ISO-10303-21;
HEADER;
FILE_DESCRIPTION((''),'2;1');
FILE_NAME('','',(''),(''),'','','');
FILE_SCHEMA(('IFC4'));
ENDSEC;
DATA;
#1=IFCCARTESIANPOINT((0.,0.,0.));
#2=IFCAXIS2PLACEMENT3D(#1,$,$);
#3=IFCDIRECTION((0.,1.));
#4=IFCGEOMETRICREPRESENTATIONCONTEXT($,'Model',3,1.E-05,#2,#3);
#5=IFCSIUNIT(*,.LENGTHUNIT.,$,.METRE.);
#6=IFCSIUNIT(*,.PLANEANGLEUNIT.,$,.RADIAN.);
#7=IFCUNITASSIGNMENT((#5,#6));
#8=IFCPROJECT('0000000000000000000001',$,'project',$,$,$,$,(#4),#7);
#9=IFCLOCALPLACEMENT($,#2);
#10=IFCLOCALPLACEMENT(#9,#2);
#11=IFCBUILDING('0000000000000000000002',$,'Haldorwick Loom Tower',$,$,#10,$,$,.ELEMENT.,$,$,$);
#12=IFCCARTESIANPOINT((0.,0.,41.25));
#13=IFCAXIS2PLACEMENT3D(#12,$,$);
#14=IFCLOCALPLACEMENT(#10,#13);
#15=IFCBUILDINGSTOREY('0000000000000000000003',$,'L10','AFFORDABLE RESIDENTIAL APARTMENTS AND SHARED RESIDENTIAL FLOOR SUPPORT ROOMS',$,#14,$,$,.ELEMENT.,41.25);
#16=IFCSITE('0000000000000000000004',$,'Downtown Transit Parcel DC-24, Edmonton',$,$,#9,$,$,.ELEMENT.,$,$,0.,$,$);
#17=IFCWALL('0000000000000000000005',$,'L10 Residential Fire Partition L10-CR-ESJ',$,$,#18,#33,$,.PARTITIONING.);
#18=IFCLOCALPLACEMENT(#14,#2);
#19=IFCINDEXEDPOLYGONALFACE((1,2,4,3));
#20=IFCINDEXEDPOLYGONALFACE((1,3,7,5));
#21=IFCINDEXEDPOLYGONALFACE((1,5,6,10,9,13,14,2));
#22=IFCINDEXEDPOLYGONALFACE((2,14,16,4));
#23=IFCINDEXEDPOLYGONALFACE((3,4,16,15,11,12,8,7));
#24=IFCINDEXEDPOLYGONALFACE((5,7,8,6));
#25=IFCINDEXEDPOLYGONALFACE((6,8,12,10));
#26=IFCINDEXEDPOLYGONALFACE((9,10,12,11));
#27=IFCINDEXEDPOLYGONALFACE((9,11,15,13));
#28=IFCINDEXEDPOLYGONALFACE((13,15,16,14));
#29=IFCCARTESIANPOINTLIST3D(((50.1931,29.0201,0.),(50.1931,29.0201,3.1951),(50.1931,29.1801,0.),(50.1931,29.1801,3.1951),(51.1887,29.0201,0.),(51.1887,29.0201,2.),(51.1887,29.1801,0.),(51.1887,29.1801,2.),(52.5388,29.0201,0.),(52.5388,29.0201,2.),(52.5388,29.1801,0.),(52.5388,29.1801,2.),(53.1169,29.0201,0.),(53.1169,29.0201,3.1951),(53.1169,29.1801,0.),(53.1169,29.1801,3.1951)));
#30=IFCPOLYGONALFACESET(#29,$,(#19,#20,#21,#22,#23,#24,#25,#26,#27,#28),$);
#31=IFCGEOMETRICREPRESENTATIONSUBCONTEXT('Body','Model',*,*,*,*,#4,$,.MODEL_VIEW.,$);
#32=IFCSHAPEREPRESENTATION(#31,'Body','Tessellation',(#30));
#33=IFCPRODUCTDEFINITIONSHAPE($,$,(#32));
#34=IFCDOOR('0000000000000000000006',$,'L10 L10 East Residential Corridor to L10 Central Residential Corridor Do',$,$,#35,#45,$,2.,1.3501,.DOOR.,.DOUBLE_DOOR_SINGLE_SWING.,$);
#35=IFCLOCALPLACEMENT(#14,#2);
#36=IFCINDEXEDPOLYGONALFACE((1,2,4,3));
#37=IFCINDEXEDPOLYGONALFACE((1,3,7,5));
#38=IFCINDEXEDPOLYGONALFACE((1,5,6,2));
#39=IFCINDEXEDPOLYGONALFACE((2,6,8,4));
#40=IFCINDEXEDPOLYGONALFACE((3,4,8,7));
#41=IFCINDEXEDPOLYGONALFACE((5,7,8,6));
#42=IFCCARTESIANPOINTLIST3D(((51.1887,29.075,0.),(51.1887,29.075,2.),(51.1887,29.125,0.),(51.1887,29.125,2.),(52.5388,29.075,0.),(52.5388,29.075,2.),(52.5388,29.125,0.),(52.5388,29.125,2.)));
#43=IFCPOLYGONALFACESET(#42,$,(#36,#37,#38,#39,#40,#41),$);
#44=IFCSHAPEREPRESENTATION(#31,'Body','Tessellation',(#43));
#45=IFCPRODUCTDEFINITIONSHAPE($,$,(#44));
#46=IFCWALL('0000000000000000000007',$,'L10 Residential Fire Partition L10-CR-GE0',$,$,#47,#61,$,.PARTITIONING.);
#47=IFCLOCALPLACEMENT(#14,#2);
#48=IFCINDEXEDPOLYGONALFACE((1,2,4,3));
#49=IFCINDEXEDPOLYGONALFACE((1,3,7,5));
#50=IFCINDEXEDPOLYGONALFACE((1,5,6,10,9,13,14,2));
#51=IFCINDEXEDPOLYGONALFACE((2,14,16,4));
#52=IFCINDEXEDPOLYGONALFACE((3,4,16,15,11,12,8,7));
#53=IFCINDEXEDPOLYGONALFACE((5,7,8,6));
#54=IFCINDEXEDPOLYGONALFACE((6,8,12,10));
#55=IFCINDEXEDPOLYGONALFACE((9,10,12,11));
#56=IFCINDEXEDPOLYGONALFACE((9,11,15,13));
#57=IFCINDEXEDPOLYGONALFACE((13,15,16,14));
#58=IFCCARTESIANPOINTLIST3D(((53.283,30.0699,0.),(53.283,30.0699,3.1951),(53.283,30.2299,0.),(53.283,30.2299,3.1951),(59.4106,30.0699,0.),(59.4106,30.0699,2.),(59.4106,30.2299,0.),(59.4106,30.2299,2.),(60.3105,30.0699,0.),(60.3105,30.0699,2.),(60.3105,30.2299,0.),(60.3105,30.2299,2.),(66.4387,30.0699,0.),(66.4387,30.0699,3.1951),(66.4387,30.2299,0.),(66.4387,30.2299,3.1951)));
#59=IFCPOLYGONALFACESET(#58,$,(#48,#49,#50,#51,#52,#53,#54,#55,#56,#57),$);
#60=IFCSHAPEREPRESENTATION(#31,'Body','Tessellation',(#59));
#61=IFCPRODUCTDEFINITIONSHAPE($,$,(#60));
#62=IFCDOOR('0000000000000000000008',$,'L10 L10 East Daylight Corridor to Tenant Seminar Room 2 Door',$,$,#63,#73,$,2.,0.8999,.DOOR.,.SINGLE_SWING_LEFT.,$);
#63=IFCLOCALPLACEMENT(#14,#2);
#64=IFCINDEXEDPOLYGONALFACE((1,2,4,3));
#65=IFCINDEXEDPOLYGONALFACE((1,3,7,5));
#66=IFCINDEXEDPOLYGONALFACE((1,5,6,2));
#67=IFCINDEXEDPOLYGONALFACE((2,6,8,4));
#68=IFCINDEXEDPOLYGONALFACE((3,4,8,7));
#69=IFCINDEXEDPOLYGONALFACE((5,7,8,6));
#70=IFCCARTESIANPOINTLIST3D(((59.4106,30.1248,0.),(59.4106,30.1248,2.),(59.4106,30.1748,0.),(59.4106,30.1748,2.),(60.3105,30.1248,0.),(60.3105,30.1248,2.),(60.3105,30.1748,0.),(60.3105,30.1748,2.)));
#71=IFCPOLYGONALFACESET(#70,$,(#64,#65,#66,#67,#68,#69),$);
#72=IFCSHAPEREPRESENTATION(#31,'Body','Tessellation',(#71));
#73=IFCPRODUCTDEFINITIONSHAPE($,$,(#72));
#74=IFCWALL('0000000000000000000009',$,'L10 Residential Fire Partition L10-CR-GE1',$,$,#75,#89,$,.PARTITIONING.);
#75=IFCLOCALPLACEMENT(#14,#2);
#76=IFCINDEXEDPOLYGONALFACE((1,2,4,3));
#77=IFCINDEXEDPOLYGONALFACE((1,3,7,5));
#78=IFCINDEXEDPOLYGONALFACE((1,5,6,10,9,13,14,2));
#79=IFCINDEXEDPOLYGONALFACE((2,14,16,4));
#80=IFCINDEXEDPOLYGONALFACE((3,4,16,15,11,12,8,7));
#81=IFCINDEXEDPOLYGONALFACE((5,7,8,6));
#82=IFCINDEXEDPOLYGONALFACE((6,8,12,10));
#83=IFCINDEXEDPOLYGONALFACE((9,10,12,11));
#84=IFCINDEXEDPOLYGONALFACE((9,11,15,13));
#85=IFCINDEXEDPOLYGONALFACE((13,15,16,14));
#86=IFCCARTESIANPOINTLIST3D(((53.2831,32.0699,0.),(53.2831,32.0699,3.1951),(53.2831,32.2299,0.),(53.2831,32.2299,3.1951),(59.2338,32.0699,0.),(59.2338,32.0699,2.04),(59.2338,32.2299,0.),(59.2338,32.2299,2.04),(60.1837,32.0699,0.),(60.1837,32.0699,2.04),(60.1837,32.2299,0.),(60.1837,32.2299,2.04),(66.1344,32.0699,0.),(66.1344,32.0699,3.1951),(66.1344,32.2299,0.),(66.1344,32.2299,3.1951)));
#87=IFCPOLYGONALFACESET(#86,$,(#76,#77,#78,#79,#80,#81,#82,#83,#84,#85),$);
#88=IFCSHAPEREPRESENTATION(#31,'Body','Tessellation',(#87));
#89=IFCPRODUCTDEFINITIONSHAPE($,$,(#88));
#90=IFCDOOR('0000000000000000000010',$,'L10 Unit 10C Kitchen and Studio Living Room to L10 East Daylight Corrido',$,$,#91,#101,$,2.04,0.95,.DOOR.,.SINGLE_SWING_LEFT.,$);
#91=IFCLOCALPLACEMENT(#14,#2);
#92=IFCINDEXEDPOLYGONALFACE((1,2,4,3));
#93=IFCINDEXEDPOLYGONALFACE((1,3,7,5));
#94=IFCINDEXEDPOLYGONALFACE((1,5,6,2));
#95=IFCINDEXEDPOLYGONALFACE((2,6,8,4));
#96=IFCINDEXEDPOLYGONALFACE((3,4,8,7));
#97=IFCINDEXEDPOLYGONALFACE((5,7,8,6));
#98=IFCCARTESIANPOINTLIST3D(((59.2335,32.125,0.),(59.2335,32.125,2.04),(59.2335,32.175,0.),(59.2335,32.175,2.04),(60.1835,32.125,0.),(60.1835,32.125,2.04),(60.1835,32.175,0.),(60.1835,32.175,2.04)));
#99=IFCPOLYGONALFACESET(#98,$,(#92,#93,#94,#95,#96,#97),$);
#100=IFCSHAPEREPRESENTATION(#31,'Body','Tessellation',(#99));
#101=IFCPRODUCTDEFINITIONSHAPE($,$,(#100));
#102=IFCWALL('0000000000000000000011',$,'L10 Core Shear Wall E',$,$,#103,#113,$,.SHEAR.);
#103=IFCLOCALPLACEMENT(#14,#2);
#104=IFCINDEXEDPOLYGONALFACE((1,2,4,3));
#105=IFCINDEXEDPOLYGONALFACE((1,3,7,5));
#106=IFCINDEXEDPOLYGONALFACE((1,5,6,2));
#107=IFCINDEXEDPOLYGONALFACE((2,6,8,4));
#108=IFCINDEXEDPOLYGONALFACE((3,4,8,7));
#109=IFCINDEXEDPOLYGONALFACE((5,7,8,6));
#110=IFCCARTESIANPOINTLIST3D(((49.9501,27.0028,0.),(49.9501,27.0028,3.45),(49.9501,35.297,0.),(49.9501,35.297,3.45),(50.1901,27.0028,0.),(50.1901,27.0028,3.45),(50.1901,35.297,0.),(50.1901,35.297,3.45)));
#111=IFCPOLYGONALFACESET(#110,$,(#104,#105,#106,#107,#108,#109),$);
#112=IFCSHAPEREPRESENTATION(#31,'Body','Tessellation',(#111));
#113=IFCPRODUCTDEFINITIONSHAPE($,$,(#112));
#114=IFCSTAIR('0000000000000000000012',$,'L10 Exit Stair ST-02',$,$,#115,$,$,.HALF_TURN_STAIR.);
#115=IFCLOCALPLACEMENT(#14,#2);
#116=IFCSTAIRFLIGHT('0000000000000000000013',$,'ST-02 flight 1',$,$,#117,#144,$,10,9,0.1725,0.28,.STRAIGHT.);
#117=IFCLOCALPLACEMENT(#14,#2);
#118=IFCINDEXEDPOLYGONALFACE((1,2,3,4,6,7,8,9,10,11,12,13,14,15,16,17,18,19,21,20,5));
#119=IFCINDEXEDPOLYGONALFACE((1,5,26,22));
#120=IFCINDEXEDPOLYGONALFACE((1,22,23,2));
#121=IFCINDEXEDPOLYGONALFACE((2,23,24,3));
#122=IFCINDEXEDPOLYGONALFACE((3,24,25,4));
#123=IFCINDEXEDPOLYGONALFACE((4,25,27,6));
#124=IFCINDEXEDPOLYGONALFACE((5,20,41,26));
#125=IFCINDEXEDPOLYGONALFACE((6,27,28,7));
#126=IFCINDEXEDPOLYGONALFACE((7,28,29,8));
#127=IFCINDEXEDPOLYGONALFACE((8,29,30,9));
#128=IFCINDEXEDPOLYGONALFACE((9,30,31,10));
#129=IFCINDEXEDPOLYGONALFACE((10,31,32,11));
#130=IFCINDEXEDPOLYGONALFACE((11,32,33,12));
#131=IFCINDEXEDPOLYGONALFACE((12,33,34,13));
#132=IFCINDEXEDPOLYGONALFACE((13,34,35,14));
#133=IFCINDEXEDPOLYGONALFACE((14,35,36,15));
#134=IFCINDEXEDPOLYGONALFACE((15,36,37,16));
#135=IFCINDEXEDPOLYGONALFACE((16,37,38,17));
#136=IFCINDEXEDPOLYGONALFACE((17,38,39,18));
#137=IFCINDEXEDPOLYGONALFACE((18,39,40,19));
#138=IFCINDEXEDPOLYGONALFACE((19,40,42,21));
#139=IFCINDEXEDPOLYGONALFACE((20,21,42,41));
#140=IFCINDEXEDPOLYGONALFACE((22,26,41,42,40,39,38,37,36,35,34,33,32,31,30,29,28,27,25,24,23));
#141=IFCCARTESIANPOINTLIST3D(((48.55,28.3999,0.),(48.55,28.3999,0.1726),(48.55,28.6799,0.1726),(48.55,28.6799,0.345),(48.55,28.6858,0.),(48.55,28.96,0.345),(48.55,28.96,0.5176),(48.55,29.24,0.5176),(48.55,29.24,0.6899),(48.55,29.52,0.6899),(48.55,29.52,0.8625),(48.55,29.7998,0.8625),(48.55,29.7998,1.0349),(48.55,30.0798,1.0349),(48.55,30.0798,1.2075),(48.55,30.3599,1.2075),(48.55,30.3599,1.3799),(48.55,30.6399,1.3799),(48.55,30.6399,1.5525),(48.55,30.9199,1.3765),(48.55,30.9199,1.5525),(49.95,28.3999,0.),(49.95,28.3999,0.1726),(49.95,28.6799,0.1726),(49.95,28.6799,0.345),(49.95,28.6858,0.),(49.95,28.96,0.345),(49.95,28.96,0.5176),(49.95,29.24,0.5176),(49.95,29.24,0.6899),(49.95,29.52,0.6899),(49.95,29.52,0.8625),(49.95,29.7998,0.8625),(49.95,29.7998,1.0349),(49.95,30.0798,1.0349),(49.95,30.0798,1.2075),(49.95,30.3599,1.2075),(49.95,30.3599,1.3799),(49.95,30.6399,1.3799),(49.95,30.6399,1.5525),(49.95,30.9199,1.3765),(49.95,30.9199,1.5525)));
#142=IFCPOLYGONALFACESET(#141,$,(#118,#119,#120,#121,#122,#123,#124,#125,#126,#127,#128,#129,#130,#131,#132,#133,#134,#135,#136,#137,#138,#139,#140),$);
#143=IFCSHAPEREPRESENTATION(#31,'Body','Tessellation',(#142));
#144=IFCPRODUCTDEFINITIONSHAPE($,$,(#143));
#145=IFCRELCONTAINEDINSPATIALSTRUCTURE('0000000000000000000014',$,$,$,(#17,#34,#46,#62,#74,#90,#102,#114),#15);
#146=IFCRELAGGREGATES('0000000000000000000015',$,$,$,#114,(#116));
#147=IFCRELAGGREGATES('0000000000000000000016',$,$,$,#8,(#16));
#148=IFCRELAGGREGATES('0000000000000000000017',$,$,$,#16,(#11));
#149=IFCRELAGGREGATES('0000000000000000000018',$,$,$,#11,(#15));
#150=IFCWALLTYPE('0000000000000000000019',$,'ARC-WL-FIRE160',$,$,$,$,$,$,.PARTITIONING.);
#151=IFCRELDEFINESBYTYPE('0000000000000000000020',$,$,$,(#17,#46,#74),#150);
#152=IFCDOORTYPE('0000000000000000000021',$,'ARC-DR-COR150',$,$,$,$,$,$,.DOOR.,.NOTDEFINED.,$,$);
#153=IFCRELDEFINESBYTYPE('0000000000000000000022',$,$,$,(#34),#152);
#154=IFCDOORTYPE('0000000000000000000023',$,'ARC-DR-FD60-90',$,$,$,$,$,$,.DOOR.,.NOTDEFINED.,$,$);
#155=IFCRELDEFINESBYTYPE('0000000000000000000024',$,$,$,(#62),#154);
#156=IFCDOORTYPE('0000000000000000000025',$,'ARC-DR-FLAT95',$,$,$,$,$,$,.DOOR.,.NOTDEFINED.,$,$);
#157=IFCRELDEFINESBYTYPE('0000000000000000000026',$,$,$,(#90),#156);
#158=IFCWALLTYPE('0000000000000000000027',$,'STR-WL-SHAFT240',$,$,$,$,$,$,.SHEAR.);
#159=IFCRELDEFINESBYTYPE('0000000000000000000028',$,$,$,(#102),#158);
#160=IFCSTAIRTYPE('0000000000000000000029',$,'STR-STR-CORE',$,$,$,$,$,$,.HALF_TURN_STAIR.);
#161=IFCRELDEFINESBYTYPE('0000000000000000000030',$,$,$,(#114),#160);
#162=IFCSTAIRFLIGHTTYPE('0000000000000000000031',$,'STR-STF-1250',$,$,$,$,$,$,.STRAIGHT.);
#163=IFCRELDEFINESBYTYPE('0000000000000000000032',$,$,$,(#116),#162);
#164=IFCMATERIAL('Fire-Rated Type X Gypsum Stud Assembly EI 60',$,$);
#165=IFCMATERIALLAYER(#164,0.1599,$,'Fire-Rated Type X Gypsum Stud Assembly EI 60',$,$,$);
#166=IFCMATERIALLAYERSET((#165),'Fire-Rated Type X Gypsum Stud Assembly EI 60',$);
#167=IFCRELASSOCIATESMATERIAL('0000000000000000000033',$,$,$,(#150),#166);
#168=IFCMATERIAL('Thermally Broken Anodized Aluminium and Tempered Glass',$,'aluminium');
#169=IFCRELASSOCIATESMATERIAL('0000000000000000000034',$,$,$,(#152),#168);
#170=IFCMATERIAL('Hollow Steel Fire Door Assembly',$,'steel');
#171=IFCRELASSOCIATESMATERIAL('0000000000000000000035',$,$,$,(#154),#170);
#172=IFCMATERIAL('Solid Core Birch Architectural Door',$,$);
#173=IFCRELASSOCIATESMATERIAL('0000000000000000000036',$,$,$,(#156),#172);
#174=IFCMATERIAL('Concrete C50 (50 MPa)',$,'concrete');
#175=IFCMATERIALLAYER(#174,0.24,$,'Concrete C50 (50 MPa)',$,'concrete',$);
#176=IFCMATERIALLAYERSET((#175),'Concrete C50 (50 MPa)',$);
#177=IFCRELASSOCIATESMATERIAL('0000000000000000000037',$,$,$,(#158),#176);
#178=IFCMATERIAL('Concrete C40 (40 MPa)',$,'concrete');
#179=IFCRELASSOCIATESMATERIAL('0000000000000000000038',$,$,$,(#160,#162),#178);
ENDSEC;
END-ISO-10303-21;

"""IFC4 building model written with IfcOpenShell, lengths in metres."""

from ifc_helpers import new_model, si_unit, direction, frame, frame_2d, origin, place, context, subcontext, project, spatial, polyline, rectangle, outline, extrude, material, layer, layer_set, type_object, element, fill, aggregate, save


model = new_model("IFC4")

# Units and contexts
model_context = context("Model", 3, precision=1e-05, world=origin(), true_north=direction((0.0, 1.0)))
body_context = subcontext(model_context, "Body", "Model", "MODEL_VIEW")
ifc_project = project(units=[si_unit("LENGTHUNIT", "METRE"), si_unit("PLANEANGLEUNIT", "RADIAN")], contexts=[model_context])

# Site, building, storey
site_placement = place(None, origin())
site = spatial("IfcSite", under=ifc_project, at=site_placement, Name="Downtown Transit Parcel DC-24, Edmonton", CompositionType="ELEMENT", RefElevation=0.0)
building_placement = place(site_placement, origin())
building = spatial("IfcBuilding", under=site, at=building_placement, Name="Haldorwick Loom Tower", CompositionType="ELEMENT")
storey_placement = place(building_placement, frame((0.0, 0.0, 41.25)))
storey = spatial("IfcBuildingStorey", under=building, at=storey_placement, Name="L10", Description="AFFORDABLE RESIDENTIAL APARTMENTS AND SHARED RESIDENTIAL FLOOR SUPPORT ROOMS", CompositionType="ELEMENT", Elevation=41.25)

# Walls, openings, doors
ifc_material_1 = material(Name="Fire-Rated Type X Gypsum Stud Assembly EI 60")
ifc_layer_1 = layer(ifc_material_1, 0.1599, Name="Fire-Rated Type X Gypsum Stud Assembly EI 60")
ifc_layer_set_1 = layer_set([ifc_layer_1], Name="Fire-Rated Type X Gypsum Stud Assembly EI 60")
wall_type_1 = type_object("IfcWallType", Name="ARC-WL-FIRE160", PredefinedType="PARTITIONING", material=ifc_layer_set_1)
wall_1_placement = place(storey_placement, frame((50.1931, 29.1001, 0.0), z_axis=(0.0, 0.0, 1.0), x_axis=(1.0, 0.0, 0.0)))
wall_1 = element("IfcWall", 1, at=wall_1_placement, inside=storey, type_object=wall_type_1, Name="L10 Residential Fire Partition L10-CR-ESJ", PredefinedType="PARTITIONING", context=body_context, shape_type="SweptSolid", body=[
    extrude(rectangle(XDim=2.9238, YDim=0.1599, at=frame_2d((1.4619, 0.0))), origin(), (0.0, 0.0, 1.0), 3.1951),
])
opening_1_placement = place(wall_1_placement, frame((0.9956, 0.0, 0.0)))
opening_1 = element("IfcOpeningElement", 2, at=opening_1_placement, cuts=wall_1, PredefinedType="OPENING", context=body_context, shape_type="SweptSolid", body=[
    extrude(rectangle(XDim=1.3501, YDim=2.0, at=frame_2d((0.675, 1.0))), frame((0.0, 0.0898, 0.0), z_axis=(0.0, -1.0, 0.0), x_axis=(1.0, 0.0, 0.0)), (0.0, 0.0, 1.0), 0.1799),
])
ifc_material_2 = material(Name="Thermally Broken Anodized Aluminium and Tempered Glass", Category="aluminium")
door_type_1 = type_object("IfcDoorType", Name="ARC-DR-COR150", OperationType="NOTDEFINED", PredefinedType="DOOR", material=ifc_material_2)
door_1_placement = place(opening_1_placement, origin())
door_1 = element("IfcDoor", 3, at=door_1_placement, inside=storey, type_object=door_type_1, Name="L10 L10 East Residential Corridor to L10 Central Residential Corridor Do", OperationType="DOUBLE_DOOR_SINGLE_SWING", OverallHeight=2.0, OverallWidth=1.3501, PredefinedType="DOOR", context=body_context, shape_type="SweptSolid", body=[
    extrude(rectangle(XDim=1.3501, YDim=2.0, at=frame_2d((0.675, 1.0))), frame((0.0, 0.0249, 0.0), z_axis=(0.0, -1.0, 0.0), x_axis=(1.0, 0.0, 0.0)), (0.0, 0.0, 1.0), 0.05),
])
fill(opening_1, door_1)
wall_2_placement = place(storey_placement, frame((53.283, 30.1499, 0.0), z_axis=(0.0, 0.0, 1.0), x_axis=(1.0, 0.0, 0.0)))
wall_2 = element("IfcWall", 4, at=wall_2_placement, inside=storey, type_object=wall_type_1, Name="L10 Residential Fire Partition L10-CR-GE0", PredefinedType="PARTITIONING", context=body_context, shape_type="SweptSolid", body=[
    extrude(rectangle(XDim=13.1558, YDim=0.1599, at=frame_2d((6.5779, 0.0))), origin(), (0.0, 0.0, 1.0), 3.1951),
])
opening_2_placement = place(wall_2_placement, frame((6.1277, 0.0, 0.0)))
opening_2 = element("IfcOpeningElement", 5, at=opening_2_placement, cuts=wall_2, PredefinedType="OPENING", context=body_context, shape_type="SweptSolid", body=[
    extrude(rectangle(XDim=0.8999, YDim=2.0, at=frame_2d((0.45, 1.0))), frame((0.0, 0.0898, 0.0), z_axis=(0.0, -1.0, 0.0), x_axis=(1.0, 0.0, 0.0)), (0.0, 0.0, 1.0), 0.1799),
])
ifc_material_3 = material(Name="Hollow Steel Fire Door Assembly", Category="steel")
door_type_2 = type_object("IfcDoorType", Name="ARC-DR-FD60-90", OperationType="NOTDEFINED", PredefinedType="DOOR", material=ifc_material_3)
door_2_placement = place(opening_2_placement, origin())
door_2 = element("IfcDoor", 6, at=door_2_placement, inside=storey, type_object=door_type_2, Name="L10 L10 East Daylight Corridor to Tenant Seminar Room 2 Door", OperationType="SINGLE_SWING_LEFT", OverallHeight=2.0, OverallWidth=0.8999, PredefinedType="DOOR", context=body_context, shape_type="SweptSolid", body=[
    extrude(rectangle(XDim=0.8999, YDim=2.0, at=frame_2d((0.45, 1.0))), frame((0.0, 0.0249, 0.0), z_axis=(0.0, -1.0, 0.0), x_axis=(1.0, 0.0, 0.0)), (0.0, 0.0, 1.0), 0.05),
])
fill(opening_2, door_2)
wall_3_placement = place(storey_placement, frame((53.283, 32.1499, 0.0), z_axis=(0.0, 0.0, 1.0), x_axis=(1.0, 0.0, 0.0)))
wall_3 = element("IfcWall", 7, at=wall_3_placement, inside=storey, type_object=wall_type_1, Name="L10 Residential Fire Partition L10-CR-GE1", PredefinedType="PARTITIONING", context=body_context, shape_type="SweptSolid", body=[
    extrude(rectangle(XDim=12.8513, YDim=0.1599, at=frame_2d((6.4258, 0.0))), origin(), (0.0, 0.0, 1.0), 3.1951),
])
opening_3_placement = place(wall_3_placement, frame((5.9507, 0.0, 0.0)))
opening_3 = element("IfcOpeningElement", 8, at=opening_3_placement, cuts=wall_3, PredefinedType="OPENING", context=body_context, shape_type="SweptSolid", body=[
    extrude(rectangle(XDim=0.95, YDim=2.04, at=frame_2d((0.4751, 1.02))), frame((0.0, 0.0898, 0.0), z_axis=(0.0, -1.0, 0.0), x_axis=(1.0, 0.0, 0.0)), (0.0, 0.0, 1.0), 0.1799),
])
ifc_material_4 = material(Name="Solid Core Birch Architectural Door")
door_type_3 = type_object("IfcDoorType", Name="ARC-DR-FLAT95", OperationType="NOTDEFINED", PredefinedType="DOOR", material=ifc_material_4)
door_3_placement = place(opening_3_placement, frame((0.95, 0.0, 0.0), z_axis=(0.0, 0.0, 1.0), x_axis=(-1.0, 0.0, 0.0)))
door_3 = element("IfcDoor", 9, at=door_3_placement, inside=storey, type_object=door_type_3, Name="L10 Unit 10C Kitchen and Studio Living Room to L10 East Daylight Corrido", OperationType="SINGLE_SWING_LEFT", OverallHeight=2.04, OverallWidth=0.95, PredefinedType="DOOR", context=body_context, shape_type="SweptSolid", body=[
    extrude(rectangle(XDim=0.95, YDim=2.04, at=frame_2d((0.4751, 1.02))), frame((0.0, 0.0249, 0.0), z_axis=(0.0, -1.0, 0.0), x_axis=(1.0, 0.0, 0.0)), (0.0, 0.0, 1.0), 0.05),
])
fill(opening_3, door_3)

# Wall
ifc_material_5 = material(Name="Concrete C50 (50 MPa)", Category="concrete")
ifc_layer_2 = layer(ifc_material_5, 0.24, Name="Concrete C50 (50 MPa)", Category="concrete")
ifc_layer_set_2 = layer_set([ifc_layer_2], Name="Concrete C50 (50 MPa)")
wall_type_2 = type_object("IfcWallType", Name="STR-WL-SHAFT240", PredefinedType="SHEAR", material=ifc_layer_set_2)
wall_4_placement = place(storey_placement, frame((50.0701, 27.0029, 0.0), z_axis=(0.0, 0.0, 1.0), x_axis=(0.0, 1.0, 0.0)))
element("IfcWall", 10, at=wall_4_placement, inside=storey, type_object=wall_type_2, Name="L10 Core Shear Wall E", PredefinedType="SHEAR", context=body_context, shape_type="SweptSolid", body=[
    extrude(rectangle(XDim=8.2942, YDim=0.24, at=frame_2d((4.147, 0.0))), origin(), (0.0, 0.0, 1.0), 3.45),
])

# Stair, stair flight
ifc_material_6 = material(Name="Concrete C40 (40 MPa)", Category="concrete")
stair_type = type_object("IfcStairType", Name="STR-STR-CORE", PredefinedType="HALF_TURN_STAIR", material=ifc_material_6)
stair_placement = place(storey_placement, origin())
stair = element("IfcStair", 11, at=stair_placement, inside=storey, type_object=stair_type, Name="L10 Exit Stair ST-02", PredefinedType="HALF_TURN_STAIR")
stair_flight_type = type_object("IfcStairFlightType", Name="STR-STF-1250", PredefinedType="STRAIGHT", material=ifc_material_6)
stair_flight_1_placement = place(storey_placement, frame((49.25, 28.3999, 0.0), z_axis=(0.0, 0.0, 1.0), x_axis=(0.0, 1.0, 0.0)))
stair_flight_1 = element("IfcStairFlight", 12, at=stair_flight_1_placement, type_object=stair_flight_type, Name="ST-02 flight 1", NumberOfRisers=10, NumberOfTreads=9, PredefinedType="STRAIGHT", RiserHeight=0.1725, TreadLength=0.28, context=body_context, shape_type="SweptSolid", body=[
    extrude(outline(polyline([(0.0, 0.0), (0.0, 0.1726), (0.28, 0.1726), (0.28, 0.345), (0.5601, 0.345), (0.5601, 0.5176), (0.8401, 0.5176), (0.8401, 0.6899), (1.1201, 0.6899), (1.1201, 0.8625), (1.3999, 0.8625), (1.3999, 1.0349), (1.6799, 1.0349), (1.6799, 1.2075), (1.96, 1.2075), (1.96, 1.3799), (2.24, 1.3799), (2.24, 1.5525), (2.52, 1.5525), (2.52, 1.7251), (2.52, 1.3765), (0.2859, 0.0), (0.0, 0.0)])), frame((0.0, 0.7, 0.0), z_axis=(0.0, -1.0, 0.0), x_axis=(1.0, 0.0, 0.0)), (0.0, 0.0, 1.0), 1.3999),
])
aggregate(stair, [stair_flight_1])

save(model, "model.ifc")
